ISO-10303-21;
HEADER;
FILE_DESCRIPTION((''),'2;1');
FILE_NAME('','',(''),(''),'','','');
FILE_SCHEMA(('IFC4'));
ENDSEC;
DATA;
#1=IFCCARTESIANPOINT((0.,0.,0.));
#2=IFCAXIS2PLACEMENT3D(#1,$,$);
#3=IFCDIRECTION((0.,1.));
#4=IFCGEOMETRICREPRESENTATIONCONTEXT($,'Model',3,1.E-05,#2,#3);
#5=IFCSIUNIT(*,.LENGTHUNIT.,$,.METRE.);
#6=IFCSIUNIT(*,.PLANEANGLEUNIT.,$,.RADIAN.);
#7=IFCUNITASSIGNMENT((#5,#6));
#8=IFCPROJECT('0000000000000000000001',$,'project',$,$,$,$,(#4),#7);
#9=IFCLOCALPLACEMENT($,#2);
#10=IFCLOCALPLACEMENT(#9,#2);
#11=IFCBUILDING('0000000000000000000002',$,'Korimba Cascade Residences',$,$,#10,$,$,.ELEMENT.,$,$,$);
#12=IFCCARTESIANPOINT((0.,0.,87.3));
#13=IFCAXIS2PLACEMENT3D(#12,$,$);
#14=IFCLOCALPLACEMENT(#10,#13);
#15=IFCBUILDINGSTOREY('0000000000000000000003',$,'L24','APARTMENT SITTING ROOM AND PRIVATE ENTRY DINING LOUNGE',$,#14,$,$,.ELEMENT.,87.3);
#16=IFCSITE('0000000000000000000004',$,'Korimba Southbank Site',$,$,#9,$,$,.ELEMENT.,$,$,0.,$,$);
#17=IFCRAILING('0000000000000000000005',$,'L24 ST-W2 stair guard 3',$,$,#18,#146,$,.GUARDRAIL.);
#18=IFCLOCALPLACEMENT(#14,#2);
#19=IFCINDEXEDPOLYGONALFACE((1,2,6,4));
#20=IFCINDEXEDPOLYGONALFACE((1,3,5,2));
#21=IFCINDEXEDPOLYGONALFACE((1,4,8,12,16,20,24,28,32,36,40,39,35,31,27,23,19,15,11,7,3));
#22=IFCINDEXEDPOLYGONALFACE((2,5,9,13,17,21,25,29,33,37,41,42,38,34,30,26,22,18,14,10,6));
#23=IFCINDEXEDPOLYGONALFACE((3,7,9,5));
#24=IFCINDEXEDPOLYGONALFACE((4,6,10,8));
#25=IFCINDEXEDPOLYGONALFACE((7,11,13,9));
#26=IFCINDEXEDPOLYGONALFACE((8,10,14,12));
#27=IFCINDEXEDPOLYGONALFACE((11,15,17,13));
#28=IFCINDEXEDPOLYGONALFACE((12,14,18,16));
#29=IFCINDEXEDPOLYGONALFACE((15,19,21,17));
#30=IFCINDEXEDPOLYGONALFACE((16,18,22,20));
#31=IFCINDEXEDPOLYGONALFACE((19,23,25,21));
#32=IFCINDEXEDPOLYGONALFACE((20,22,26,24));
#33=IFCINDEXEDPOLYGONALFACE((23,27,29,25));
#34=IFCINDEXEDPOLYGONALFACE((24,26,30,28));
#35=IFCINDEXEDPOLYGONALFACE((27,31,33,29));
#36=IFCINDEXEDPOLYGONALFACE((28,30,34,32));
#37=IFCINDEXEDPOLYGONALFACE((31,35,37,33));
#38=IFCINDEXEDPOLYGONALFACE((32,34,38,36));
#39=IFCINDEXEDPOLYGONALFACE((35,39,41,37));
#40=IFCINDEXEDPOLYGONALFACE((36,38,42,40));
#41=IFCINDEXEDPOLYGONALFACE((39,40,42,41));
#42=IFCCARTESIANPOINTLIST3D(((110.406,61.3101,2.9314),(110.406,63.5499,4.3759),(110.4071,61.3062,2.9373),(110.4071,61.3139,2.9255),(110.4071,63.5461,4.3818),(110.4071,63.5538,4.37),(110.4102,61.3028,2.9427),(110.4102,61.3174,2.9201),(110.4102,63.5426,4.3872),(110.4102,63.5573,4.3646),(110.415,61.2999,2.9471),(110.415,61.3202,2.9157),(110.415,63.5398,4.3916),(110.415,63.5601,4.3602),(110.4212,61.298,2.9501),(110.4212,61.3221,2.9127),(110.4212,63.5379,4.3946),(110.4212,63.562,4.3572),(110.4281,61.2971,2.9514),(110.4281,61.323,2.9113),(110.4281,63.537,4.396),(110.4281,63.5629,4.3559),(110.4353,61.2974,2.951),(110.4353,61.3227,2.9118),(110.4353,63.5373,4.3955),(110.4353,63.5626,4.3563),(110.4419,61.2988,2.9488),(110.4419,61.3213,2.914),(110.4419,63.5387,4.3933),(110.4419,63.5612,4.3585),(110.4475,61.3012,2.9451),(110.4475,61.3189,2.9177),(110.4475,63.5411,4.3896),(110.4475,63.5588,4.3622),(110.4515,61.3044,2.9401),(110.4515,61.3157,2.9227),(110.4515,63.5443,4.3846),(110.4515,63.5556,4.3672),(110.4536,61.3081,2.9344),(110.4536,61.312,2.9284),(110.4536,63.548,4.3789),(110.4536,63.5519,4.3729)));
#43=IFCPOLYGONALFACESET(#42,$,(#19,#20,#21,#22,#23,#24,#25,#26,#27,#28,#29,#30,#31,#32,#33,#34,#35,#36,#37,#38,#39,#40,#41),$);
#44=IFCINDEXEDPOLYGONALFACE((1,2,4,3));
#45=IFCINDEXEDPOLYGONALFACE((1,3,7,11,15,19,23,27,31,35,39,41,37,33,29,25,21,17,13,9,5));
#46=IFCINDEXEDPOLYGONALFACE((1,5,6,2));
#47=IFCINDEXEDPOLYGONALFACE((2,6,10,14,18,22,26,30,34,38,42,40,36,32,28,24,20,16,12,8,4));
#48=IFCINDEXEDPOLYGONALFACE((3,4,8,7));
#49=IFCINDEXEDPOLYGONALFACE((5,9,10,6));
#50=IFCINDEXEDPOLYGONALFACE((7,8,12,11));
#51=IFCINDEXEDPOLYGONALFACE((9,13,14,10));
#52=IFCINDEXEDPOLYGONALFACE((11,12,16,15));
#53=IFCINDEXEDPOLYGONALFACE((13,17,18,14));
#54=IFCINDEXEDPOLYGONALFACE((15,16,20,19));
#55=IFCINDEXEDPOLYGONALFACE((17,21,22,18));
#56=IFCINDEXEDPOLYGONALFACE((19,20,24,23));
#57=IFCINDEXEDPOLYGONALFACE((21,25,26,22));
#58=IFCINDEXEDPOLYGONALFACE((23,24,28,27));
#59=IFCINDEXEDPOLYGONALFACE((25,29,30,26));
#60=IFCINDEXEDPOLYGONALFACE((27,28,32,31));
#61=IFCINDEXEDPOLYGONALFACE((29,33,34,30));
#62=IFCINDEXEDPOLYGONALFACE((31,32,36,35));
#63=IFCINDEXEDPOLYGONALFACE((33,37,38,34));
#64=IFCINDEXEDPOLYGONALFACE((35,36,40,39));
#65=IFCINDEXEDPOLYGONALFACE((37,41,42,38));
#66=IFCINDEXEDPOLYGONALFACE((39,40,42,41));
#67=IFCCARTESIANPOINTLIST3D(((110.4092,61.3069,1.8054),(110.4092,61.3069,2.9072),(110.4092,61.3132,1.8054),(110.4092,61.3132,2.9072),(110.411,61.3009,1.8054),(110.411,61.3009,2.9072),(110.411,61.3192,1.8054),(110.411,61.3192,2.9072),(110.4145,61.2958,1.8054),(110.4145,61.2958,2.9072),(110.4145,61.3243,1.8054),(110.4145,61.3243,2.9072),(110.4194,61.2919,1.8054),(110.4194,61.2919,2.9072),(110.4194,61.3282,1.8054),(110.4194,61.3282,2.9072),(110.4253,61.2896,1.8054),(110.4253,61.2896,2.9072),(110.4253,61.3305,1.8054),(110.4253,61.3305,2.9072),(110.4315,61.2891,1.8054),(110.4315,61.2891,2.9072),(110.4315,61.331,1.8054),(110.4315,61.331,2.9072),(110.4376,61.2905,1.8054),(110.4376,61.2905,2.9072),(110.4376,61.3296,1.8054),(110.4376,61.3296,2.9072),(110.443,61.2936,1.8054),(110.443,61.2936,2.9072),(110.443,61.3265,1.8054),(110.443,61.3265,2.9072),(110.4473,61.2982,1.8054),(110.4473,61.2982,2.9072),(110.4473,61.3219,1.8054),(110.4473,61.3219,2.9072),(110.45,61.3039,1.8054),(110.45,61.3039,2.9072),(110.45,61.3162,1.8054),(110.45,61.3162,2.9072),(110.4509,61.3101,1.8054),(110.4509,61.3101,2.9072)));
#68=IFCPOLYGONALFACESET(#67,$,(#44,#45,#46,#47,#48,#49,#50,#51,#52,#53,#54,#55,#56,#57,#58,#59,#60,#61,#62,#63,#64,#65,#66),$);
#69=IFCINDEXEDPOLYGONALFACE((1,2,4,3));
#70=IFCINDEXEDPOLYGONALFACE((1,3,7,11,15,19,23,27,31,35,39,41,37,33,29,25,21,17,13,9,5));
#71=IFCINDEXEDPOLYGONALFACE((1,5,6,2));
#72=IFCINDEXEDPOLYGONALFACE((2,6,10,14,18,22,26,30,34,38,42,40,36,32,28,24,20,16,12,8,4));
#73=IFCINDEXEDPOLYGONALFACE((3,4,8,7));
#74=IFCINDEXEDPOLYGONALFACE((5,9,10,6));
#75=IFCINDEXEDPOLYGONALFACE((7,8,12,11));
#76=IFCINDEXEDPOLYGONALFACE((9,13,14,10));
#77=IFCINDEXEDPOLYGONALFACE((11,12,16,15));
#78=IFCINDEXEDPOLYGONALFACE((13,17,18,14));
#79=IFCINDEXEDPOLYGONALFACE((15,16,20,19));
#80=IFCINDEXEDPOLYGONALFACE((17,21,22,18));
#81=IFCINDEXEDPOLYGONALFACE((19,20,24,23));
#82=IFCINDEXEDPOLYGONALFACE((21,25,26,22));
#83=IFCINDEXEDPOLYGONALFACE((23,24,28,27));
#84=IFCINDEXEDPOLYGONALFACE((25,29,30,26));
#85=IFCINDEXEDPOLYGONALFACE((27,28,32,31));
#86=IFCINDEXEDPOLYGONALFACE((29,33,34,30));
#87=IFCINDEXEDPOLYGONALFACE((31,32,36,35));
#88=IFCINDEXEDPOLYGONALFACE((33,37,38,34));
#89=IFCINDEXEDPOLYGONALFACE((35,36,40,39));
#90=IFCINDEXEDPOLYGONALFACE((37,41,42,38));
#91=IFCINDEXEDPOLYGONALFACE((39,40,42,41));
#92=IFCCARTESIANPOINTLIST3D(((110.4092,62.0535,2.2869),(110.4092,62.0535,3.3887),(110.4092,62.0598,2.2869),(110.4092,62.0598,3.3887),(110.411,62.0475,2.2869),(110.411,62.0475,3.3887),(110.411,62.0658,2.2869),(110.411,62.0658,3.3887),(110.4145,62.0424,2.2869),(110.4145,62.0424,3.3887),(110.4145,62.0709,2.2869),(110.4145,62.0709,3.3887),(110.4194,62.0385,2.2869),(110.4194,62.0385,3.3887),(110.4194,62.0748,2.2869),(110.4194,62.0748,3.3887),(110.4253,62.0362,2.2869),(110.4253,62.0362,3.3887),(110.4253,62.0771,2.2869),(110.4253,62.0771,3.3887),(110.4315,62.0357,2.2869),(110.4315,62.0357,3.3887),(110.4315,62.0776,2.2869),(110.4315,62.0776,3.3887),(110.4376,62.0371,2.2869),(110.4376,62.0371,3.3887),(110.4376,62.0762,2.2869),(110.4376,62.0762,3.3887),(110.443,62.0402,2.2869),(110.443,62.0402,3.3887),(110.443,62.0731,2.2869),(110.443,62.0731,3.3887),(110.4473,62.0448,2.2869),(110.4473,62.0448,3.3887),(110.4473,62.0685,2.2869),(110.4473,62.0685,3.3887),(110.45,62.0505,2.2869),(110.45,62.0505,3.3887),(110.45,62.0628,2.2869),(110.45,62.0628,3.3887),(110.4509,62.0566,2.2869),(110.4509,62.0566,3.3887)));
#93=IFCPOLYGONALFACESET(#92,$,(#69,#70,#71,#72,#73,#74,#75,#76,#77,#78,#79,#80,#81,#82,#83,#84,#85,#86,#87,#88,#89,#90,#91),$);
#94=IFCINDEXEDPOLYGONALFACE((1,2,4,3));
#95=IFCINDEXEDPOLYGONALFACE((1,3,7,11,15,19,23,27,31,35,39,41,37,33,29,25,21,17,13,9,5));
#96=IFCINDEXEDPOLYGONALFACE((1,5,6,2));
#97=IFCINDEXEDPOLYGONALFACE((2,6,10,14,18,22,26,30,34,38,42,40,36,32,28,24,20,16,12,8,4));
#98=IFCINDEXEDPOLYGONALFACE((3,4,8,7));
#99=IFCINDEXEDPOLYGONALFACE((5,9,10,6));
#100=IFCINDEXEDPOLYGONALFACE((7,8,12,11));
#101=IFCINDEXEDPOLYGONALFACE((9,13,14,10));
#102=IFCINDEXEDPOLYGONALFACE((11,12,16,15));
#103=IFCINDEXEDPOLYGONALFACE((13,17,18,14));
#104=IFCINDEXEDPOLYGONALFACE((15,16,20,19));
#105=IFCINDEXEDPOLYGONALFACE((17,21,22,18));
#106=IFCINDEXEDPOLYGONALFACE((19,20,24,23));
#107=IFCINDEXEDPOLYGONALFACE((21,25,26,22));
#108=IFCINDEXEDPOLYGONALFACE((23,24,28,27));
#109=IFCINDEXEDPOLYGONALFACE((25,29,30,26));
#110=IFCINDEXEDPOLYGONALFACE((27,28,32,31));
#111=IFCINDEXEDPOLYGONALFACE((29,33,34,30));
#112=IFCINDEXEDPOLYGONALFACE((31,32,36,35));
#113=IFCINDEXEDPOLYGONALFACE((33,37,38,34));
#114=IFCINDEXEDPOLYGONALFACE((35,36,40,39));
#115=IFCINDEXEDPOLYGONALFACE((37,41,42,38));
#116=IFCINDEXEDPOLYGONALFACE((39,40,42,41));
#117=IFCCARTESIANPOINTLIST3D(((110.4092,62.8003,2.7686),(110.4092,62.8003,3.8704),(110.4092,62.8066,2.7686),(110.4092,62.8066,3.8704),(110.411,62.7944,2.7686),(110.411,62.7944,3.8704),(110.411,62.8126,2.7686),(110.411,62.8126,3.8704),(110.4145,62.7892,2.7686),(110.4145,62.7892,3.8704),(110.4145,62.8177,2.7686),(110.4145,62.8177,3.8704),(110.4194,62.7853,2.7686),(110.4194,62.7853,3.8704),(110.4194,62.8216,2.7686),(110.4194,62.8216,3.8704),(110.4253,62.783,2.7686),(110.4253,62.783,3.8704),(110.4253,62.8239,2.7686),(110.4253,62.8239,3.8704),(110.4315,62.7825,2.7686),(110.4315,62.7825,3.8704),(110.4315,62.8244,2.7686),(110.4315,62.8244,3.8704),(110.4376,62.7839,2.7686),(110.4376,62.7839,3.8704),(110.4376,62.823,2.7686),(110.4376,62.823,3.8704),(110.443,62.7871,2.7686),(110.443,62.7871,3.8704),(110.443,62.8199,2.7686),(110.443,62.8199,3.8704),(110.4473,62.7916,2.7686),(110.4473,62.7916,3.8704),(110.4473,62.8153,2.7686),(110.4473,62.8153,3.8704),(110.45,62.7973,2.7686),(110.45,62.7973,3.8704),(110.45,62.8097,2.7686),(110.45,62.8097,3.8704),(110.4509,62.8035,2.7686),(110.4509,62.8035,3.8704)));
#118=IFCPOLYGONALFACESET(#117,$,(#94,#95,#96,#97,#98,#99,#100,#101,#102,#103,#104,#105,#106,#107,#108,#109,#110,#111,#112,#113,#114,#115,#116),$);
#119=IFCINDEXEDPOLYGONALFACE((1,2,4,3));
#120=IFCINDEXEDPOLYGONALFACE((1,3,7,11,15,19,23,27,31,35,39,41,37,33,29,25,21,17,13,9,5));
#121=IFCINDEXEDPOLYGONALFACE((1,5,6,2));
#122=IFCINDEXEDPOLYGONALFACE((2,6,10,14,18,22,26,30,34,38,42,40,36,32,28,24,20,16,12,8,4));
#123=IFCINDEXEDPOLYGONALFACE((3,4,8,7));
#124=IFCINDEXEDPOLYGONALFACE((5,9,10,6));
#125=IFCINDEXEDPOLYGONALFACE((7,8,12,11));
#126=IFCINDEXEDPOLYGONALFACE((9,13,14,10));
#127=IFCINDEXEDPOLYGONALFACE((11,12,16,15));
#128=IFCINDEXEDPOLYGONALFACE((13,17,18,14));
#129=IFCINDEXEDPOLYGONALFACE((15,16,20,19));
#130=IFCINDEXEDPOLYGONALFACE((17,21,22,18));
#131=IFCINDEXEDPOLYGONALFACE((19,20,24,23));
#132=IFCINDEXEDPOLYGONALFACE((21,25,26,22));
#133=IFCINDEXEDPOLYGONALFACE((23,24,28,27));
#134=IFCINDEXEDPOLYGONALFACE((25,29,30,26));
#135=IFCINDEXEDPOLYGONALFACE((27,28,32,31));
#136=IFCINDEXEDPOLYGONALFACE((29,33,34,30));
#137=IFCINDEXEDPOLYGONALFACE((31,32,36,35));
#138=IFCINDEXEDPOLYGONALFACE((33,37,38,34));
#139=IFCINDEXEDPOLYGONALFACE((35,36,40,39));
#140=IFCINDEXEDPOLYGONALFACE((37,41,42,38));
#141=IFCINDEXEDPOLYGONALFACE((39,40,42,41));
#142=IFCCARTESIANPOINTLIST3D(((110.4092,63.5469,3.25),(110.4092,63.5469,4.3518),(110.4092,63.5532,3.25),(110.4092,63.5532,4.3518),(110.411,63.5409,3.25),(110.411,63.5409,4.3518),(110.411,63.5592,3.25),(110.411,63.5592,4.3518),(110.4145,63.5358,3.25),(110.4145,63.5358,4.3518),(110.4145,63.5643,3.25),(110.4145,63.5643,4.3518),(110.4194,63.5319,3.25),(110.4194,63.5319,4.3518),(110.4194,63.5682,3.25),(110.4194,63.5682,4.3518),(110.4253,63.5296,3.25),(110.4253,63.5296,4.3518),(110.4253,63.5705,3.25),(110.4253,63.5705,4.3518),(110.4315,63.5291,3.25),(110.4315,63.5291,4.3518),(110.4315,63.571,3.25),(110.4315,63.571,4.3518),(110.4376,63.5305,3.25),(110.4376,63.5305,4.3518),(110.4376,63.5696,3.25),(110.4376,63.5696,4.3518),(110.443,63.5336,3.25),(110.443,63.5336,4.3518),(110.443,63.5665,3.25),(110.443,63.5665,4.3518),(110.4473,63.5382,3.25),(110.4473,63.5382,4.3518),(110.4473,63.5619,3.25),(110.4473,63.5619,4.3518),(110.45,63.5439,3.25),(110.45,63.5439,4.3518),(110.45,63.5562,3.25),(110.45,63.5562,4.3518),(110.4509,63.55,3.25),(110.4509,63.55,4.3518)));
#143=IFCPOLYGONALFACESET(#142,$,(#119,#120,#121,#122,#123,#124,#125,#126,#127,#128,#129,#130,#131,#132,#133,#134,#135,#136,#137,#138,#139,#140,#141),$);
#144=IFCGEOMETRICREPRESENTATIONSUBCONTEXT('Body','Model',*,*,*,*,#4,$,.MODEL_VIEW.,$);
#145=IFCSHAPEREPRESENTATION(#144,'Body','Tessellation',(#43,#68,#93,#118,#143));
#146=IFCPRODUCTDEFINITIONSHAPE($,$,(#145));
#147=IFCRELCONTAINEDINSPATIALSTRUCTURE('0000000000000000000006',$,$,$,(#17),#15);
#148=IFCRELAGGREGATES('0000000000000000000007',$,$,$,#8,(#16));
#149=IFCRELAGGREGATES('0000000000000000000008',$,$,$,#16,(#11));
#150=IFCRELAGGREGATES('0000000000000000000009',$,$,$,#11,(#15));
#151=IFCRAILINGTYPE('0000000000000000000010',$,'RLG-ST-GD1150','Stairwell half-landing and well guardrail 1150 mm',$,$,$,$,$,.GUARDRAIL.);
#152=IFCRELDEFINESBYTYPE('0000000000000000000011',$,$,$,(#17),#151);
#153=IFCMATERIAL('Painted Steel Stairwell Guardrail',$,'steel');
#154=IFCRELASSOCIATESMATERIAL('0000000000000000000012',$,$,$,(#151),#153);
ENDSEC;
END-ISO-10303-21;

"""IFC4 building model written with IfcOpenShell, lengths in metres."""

from ifc_helpers import new_model, si_unit, direction, frame, origin, origin_2d, place, context, subcontext, project, spatial, circle, extrude, material, type_object, element, save


model = new_model("IFC4")

# Units and contexts
model_context = context("Model", 3, precision=1e-05, world=origin(), true_north=direction((0.0, 1.0)))
body_context = subcontext(model_context, "Body", "Model", "MODEL_VIEW")
ifc_project = project(units=[si_unit("LENGTHUNIT", "METRE"), si_unit("PLANEANGLEUNIT", "RADIAN")], contexts=[model_context])

# Site, building, storey
site_placement = place(None, origin())
site = spatial("IfcSite", under=ifc_project, at=site_placement, Name="Korimba Southbank Site", CompositionType="ELEMENT", RefElevation=0.0)
building_placement = place(site_placement, origin())
building = spatial("IfcBuilding", under=site, at=building_placement, Name="Korimba Cascade Residences", CompositionType="ELEMENT")
storey_placement = place(building_placement, frame((0.0, 0.0, 87.3)))
storey = spatial("IfcBuildingStorey", under=building, at=storey_placement, Name="L24", Description="APARTMENT SITTING ROOM AND PRIVATE ENTRY DINING LOUNGE", CompositionType="ELEMENT", Elevation=87.3)

# Railing
ifc_material_1 = material(Name="Painted Steel Stairwell Guardrail", Category="steel")
railing_type_1 = type_object("IfcRailingType", Name="RLG-ST-GD1150", Description="Stairwell half-landing and well guardrail 1150 mm", PredefinedType="GUARDRAIL", material=ifc_material_1)
railing_1_placement = place(storey_placement, frame((110.4299, 61.3101, 1.8054)))
element("IfcRailing", 1, at=railing_1_placement, inside=storey, type_object=railing_type_1, Name="L24 ST-W2 stair guard 3", PredefinedType="GUARDRAIL", context=body_context, shape_type="SweptSolid", body=[
    extrude(circle(Radius=0.0239, at=origin_2d()), frame((0.0, 0.0, 1.126), z_axis=(0.0, 0.840395, 0.541975), x_axis=(-1.0, 0.0, 0.0)), (0.0, 0.0, 1.0), 2.6653),
    extrude(circle(Radius=0.021, at=origin_2d()), origin(), (0.0, 0.0, 1.0), 1.1018),
    extrude(circle(Radius=0.021, at=origin_2d()), frame((0.0, 0.7466, 0.4814)), (0.0, 0.0, 1.0), 1.1018),
    extrude(circle(Radius=0.021, at=origin_2d()), frame((0.0, 1.4934, 0.9631)), (0.0, 0.0, 1.0), 1.1018),
    extrude(circle(Radius=0.021, at=origin_2d()), frame((0.0, 2.24, 1.4446)), (0.0, 0.0, 1.0), 1.1018),
])

save(model, "model.ifc")
